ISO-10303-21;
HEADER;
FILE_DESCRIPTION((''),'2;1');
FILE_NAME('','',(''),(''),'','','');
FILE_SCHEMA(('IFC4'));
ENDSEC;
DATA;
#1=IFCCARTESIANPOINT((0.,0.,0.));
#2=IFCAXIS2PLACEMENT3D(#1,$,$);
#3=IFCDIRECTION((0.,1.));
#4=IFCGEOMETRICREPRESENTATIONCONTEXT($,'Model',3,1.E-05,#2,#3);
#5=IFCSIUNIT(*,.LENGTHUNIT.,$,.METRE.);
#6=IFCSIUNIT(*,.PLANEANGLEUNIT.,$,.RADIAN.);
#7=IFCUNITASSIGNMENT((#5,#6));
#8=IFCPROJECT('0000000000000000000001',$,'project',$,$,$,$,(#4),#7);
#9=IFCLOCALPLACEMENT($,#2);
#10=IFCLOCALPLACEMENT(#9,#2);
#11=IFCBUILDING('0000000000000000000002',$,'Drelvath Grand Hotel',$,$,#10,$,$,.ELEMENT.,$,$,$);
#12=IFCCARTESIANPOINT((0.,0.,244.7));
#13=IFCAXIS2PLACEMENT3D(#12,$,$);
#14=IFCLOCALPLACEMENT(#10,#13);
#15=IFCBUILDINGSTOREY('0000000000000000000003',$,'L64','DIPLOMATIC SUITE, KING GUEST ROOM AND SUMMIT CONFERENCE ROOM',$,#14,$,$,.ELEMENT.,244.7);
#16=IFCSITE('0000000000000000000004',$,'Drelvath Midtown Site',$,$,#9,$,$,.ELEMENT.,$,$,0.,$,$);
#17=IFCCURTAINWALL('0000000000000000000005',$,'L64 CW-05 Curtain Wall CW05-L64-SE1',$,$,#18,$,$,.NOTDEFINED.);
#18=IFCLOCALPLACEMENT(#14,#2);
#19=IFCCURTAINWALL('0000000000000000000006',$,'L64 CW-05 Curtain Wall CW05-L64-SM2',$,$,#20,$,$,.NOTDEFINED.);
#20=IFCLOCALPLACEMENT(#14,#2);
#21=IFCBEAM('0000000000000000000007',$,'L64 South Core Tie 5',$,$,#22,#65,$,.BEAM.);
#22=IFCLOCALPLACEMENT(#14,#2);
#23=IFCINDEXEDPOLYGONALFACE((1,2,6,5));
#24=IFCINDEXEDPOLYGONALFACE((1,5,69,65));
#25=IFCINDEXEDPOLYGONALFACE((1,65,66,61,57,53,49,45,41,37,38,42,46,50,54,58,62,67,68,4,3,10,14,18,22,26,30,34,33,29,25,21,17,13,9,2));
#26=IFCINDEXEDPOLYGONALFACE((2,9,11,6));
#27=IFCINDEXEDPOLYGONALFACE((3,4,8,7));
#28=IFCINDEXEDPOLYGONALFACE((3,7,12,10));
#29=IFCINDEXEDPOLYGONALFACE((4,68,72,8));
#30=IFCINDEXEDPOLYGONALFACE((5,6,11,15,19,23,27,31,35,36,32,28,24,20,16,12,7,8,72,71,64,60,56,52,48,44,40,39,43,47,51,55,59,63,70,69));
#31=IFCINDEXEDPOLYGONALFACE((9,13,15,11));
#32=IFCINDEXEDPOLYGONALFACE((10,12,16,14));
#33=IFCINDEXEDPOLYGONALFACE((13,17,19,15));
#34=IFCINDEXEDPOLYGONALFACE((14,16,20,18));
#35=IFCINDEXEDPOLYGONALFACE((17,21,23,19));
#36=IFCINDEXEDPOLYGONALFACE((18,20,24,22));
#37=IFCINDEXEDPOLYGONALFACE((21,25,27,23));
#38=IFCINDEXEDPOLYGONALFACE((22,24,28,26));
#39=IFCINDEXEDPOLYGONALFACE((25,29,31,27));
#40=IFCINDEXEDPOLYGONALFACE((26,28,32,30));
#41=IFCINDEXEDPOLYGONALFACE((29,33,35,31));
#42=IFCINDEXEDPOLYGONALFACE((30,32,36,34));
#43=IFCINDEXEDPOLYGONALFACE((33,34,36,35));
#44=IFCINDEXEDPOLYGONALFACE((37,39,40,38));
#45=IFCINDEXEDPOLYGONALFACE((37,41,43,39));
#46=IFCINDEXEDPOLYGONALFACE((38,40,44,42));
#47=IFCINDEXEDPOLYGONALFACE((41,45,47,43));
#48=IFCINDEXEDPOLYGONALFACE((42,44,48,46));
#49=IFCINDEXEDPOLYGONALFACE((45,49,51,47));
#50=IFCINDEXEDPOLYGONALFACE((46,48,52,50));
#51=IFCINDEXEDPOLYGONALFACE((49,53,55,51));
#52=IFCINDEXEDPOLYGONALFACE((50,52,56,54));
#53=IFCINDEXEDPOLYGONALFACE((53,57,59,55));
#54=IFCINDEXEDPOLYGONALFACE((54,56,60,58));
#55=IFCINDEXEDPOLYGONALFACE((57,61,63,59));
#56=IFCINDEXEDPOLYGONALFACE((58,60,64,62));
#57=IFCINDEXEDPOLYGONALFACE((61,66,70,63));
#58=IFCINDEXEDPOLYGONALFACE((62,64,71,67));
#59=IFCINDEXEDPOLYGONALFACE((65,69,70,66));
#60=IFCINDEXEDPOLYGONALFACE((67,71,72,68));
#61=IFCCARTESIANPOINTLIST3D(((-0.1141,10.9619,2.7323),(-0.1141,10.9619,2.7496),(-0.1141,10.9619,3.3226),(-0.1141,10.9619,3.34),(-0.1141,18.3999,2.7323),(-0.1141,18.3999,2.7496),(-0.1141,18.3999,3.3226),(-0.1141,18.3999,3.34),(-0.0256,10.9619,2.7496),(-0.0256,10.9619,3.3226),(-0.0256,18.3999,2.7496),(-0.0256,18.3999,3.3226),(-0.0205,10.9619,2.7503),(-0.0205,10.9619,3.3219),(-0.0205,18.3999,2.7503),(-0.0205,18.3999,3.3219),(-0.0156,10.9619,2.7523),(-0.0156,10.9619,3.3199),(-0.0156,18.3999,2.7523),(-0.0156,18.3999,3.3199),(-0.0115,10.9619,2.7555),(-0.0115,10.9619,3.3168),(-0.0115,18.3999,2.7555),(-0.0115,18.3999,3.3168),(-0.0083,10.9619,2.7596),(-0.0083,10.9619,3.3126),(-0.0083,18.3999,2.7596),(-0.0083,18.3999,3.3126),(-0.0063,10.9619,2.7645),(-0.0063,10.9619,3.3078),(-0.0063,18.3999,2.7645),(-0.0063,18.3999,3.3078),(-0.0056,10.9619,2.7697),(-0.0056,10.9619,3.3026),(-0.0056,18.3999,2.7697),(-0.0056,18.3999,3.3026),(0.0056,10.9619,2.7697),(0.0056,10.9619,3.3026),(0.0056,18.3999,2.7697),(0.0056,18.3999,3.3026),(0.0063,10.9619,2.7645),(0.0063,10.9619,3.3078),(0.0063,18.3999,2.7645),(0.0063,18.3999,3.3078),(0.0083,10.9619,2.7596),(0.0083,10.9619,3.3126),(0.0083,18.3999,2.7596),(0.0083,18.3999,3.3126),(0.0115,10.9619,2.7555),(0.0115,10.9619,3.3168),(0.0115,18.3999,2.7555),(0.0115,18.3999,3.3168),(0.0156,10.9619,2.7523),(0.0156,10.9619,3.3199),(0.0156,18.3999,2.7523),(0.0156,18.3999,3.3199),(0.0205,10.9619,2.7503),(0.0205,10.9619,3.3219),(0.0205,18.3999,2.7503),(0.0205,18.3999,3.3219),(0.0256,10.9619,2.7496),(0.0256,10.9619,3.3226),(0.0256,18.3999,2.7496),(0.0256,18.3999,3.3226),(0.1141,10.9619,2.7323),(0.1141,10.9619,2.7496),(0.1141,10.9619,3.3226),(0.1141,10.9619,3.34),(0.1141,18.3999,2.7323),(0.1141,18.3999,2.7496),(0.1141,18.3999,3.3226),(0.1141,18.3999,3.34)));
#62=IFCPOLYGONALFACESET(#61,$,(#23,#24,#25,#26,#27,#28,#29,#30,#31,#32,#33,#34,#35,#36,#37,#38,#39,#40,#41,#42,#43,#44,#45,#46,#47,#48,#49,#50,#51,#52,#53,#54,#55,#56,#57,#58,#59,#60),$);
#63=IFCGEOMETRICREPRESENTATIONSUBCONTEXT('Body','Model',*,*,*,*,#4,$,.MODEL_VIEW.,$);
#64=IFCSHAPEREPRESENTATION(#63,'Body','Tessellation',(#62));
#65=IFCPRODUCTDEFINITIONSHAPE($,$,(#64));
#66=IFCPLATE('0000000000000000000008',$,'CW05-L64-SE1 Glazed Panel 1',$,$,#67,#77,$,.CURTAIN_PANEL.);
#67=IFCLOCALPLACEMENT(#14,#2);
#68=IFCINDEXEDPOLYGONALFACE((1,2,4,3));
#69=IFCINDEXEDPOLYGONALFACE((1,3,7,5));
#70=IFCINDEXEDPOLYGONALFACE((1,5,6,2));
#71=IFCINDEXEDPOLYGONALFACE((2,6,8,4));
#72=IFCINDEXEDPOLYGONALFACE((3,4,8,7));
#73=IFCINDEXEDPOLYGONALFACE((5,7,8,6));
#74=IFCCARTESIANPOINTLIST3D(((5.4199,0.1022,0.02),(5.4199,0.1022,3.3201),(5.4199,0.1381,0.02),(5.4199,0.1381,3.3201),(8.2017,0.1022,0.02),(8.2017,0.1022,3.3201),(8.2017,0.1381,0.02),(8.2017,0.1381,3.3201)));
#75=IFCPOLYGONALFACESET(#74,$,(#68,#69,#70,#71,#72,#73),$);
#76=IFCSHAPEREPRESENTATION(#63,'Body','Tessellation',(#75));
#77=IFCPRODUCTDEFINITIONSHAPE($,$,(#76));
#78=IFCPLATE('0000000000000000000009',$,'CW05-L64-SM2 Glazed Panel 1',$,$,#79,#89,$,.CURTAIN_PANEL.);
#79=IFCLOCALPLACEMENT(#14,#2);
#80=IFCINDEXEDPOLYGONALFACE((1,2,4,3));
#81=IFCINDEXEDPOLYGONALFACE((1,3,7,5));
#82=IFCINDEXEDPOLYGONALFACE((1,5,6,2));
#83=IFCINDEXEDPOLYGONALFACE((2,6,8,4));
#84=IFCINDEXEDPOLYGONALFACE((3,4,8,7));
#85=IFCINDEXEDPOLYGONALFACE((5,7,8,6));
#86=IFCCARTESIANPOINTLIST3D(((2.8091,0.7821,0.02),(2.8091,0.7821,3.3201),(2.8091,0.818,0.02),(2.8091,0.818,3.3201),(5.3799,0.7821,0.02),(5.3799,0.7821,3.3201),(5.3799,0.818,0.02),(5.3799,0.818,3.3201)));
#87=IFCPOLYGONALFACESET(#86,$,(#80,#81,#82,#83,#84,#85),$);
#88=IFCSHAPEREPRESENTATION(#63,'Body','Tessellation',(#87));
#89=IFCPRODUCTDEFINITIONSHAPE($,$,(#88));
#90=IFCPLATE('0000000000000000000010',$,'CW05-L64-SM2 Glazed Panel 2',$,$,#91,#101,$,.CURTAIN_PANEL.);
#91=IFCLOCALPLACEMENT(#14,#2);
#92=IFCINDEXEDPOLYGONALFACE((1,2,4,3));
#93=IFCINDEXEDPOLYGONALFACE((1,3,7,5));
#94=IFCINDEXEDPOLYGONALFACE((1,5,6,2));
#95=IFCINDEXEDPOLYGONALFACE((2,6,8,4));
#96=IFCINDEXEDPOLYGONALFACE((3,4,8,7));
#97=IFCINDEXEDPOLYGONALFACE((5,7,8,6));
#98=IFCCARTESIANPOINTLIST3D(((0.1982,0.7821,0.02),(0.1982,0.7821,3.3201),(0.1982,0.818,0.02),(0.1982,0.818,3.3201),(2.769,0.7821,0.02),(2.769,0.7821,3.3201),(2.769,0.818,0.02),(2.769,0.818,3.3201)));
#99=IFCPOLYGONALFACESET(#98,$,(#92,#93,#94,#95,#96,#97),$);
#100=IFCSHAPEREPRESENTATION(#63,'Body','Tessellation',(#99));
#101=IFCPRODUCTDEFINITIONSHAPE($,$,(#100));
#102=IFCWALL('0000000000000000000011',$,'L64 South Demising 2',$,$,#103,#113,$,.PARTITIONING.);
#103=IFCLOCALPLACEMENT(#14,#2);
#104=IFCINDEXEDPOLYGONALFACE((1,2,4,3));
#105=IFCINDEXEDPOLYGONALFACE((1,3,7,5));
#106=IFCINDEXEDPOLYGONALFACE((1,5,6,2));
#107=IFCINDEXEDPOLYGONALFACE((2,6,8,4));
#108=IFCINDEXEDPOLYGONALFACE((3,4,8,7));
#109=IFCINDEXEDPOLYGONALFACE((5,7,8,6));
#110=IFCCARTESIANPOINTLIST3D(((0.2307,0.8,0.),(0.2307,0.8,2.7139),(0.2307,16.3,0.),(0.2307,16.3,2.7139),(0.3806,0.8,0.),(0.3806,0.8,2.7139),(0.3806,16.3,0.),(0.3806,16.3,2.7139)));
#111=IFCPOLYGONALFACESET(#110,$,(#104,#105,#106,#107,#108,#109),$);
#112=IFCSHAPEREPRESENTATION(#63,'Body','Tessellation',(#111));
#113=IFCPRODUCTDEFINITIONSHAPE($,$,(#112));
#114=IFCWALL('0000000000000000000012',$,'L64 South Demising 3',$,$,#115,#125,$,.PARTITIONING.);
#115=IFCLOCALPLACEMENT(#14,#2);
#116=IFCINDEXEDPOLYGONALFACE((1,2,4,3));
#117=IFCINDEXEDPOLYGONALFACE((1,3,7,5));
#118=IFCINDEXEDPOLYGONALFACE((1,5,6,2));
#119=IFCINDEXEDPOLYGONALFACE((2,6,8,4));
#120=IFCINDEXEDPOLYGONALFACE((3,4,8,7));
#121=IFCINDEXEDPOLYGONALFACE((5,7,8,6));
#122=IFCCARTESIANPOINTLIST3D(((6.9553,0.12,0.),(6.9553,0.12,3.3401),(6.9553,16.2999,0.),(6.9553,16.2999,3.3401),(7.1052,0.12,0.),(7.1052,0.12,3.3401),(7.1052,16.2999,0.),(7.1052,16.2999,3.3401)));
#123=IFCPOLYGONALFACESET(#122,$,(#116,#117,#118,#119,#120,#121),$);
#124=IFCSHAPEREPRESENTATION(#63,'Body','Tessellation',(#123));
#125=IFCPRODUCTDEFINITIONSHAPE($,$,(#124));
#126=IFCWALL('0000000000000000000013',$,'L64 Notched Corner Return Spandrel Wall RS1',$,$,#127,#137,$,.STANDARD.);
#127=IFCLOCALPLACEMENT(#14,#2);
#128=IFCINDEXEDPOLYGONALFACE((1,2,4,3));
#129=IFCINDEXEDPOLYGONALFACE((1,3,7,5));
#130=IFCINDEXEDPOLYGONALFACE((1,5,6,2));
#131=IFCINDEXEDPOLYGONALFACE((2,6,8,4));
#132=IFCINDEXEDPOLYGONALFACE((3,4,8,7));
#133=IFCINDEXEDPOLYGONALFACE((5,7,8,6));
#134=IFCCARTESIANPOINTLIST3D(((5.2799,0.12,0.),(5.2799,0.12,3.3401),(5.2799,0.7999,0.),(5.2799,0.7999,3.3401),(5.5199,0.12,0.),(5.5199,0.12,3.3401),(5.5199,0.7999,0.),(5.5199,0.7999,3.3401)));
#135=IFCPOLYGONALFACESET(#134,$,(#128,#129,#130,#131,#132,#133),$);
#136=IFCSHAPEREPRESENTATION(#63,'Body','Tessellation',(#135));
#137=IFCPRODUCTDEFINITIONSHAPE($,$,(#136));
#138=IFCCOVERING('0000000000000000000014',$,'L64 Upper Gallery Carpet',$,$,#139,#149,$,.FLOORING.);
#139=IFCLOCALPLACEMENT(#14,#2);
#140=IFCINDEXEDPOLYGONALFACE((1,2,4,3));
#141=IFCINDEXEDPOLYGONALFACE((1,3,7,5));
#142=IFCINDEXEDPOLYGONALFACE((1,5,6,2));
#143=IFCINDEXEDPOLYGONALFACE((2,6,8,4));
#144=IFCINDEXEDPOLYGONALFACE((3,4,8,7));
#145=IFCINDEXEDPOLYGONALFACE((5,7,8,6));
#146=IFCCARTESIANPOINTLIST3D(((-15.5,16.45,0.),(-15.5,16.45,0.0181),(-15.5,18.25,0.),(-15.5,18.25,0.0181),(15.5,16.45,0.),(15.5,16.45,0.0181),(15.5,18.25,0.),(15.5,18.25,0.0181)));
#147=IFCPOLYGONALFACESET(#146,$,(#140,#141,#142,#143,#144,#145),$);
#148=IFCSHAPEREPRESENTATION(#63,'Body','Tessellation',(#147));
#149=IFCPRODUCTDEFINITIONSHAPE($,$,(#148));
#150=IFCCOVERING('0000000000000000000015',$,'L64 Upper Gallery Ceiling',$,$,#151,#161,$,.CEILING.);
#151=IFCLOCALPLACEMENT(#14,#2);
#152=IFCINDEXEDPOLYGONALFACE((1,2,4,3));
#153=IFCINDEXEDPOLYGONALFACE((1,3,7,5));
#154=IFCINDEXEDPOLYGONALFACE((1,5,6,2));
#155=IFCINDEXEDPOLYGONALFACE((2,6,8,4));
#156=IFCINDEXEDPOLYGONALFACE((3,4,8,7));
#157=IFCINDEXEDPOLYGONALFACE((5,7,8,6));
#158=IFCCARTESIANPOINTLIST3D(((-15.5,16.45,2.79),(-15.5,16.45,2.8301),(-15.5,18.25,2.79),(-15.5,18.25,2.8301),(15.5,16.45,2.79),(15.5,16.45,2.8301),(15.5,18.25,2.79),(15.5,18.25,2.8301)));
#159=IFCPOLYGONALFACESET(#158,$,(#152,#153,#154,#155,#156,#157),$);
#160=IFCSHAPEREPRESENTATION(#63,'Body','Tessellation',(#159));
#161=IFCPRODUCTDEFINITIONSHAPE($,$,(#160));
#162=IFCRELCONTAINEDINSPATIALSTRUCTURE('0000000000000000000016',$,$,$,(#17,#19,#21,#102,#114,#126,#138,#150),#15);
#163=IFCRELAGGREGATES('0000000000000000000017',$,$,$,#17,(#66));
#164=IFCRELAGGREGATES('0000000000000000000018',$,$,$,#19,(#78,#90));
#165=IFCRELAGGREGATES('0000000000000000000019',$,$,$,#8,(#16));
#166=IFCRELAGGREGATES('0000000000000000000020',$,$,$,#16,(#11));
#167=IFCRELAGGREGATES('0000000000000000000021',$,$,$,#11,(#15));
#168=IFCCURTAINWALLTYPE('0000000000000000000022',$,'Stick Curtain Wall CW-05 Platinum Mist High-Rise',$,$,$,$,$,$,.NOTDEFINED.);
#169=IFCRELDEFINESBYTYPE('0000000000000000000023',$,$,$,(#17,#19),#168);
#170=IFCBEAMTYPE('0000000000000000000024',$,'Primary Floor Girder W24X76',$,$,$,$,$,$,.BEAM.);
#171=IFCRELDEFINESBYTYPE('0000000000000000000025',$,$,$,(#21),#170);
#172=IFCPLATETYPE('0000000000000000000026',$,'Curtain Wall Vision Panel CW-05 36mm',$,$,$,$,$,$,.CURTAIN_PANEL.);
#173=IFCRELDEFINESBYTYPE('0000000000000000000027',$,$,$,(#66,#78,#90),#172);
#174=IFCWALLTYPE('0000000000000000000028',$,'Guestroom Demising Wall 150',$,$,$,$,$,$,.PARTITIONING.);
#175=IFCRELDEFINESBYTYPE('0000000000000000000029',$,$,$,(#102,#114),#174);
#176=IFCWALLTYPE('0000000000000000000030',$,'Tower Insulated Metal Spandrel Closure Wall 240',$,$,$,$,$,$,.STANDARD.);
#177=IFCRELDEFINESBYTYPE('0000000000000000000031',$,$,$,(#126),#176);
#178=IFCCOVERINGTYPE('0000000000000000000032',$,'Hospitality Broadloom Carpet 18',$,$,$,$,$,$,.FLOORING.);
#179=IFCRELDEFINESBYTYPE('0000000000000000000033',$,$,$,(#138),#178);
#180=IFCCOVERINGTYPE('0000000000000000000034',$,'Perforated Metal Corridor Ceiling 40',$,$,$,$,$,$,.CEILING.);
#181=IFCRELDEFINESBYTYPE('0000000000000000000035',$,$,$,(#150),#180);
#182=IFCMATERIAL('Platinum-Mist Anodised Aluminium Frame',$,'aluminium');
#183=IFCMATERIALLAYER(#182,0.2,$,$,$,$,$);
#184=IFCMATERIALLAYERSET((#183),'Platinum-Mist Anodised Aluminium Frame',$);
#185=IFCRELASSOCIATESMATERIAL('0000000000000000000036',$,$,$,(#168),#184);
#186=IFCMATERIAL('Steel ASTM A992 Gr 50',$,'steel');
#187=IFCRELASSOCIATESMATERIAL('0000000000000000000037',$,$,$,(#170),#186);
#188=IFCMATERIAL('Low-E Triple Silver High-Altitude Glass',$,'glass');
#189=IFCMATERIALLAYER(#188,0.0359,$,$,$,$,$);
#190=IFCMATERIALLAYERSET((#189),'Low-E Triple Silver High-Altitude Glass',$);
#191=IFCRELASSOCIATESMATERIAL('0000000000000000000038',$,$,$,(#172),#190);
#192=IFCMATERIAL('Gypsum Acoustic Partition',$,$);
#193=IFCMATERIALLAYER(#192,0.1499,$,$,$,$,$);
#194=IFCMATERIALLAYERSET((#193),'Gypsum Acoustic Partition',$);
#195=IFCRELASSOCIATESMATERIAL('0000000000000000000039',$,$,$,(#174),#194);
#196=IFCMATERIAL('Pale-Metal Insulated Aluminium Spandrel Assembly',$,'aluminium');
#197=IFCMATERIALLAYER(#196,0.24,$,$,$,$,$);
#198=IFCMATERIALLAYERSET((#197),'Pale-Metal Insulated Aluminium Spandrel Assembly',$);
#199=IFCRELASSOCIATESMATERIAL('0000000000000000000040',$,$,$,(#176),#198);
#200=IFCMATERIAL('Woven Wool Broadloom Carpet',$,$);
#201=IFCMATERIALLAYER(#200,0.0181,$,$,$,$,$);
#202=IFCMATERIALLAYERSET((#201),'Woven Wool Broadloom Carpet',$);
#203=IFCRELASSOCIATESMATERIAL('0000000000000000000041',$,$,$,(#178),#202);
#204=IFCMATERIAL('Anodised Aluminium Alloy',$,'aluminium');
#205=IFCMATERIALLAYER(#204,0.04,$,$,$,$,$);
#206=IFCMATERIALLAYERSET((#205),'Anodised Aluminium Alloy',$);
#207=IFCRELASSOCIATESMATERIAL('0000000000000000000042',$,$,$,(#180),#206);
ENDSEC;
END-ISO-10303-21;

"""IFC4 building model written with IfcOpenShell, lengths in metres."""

from ifc_helpers import new_model, si_unit, direction, frame, frame_2d, origin, origin_2d, place, context, subcontext, project, spatial, polyline, rectangle, i_section, outline, extrude, material, layer, layer_set, material_profile, profile_set, type_object, element, aggregate, save


model = new_model("IFC4")

# Units and contexts
model_context = context("Model", 3, precision=1e-05, world=origin(), true_north=direction((0.0, 1.0)))
body_context = subcontext(model_context, "Body", "Model", "MODEL_VIEW")
ifc_project = project(units=[si_unit("LENGTHUNIT", "METRE"), si_unit("PLANEANGLEUNIT", "RADIAN")], contexts=[model_context])

# Site, building, storey
site_placement = place(None, origin())
site = spatial("IfcSite", under=ifc_project, at=site_placement, Name="Drelvath Midtown Site", CompositionType="ELEMENT", RefElevation=0.0)
building_placement = place(site_placement, origin())
building = spatial("IfcBuilding", under=site, at=building_placement, Name="Drelvath Grand Hotel", CompositionType="ELEMENT")
storey_placement = place(building_placement, frame((0.0, 0.0, 244.7)))
storey = spatial("IfcBuildingStorey", under=building, at=storey_placement, Name="L64", Description="DIPLOMATIC SUITE, KING GUEST ROOM AND SUMMIT CONFERENCE ROOM", CompositionType="ELEMENT", Elevation=244.7)

# Curtain walls
ifc_material_1 = material(Name="Platinum-Mist Anodised Aluminium Frame", Category="aluminium")
ifc_layer_1 = layer(ifc_material_1, 0.2)
ifc_layer_set_1 = layer_set([ifc_layer_1], Name="Platinum-Mist Anodised Aluminium Frame")
curtain_wall_type = type_object("IfcCurtainWallType", Name="Stick Curtain Wall CW-05 Platinum Mist High-Rise", PredefinedType="NOTDEFINED", material=ifc_layer_set_1)
curtain_wall_1_placement = place(storey_placement, origin())
curtain_wall_1 = element("IfcCurtainWall", 1, at=curtain_wall_1_placement, inside=storey, type_object=curtain_wall_type, Name="L64 CW-05 Curtain Wall CW05-L64-SE1", PredefinedType="NOTDEFINED")
curtain_wall_2_placement = place(storey_placement, origin())
curtain_wall_2 = element("IfcCurtainWall", 2, at=curtain_wall_2_placement, inside=storey, type_object=curtain_wall_type, Name="L64 CW-05 Curtain Wall CW05-L64-SM2", PredefinedType="NOTDEFINED")

# Beam
ifc_material_2 = material(Name="Steel ASTM A992 Gr 50", Category="steel")
ifc_material_profile_1 = material_profile(ifc_material_2, i_section(OverallWidth=0.2283, OverallDepth=0.6077, WebThickness=0.0112, FlangeThickness=0.0173, FilletRadius=0.02, at=origin_2d()), Name="W24X76")
ifc_profile_set_1 = profile_set([ifc_material_profile_1], Name="Steel ASTM A992 Gr 50")
beam_type_1 = type_object("IfcBeamType", Name="Primary Floor Girder W24X76", PredefinedType="BEAM", material=ifc_profile_set_1)
beam_1_placement = place(storey_placement, frame((0.0, 10.9619, 3.0361), z_axis=(0.0, 1.0, 0.0), x_axis=(-1.0, 0.0, 0.0)))
element("IfcBeam", 3, at=beam_1_placement, inside=storey, type_object=beam_type_1, Name="L64 South Core Tie 5", PredefinedType="BEAM", context=body_context, shape_type="SweptSolid", body=[
    extrude(i_section(OverallWidth=0.2283, OverallDepth=0.6077, WebThickness=0.0112, FlangeThickness=0.0173, FilletRadius=0.02, at=origin_2d()), origin(), (0.0, 0.0, 1.0), 7.438),
])

# Plates
ifc_material_3 = material(Name="Low-E Triple Silver High-Altitude Glass", Category="glass")
ifc_layer_2 = layer(ifc_material_3, 0.0359)
ifc_layer_set_2 = layer_set([ifc_layer_2], Name="Low-E Triple Silver High-Altitude Glass")
plate_type = type_object("IfcPlateType", Name="Curtain Wall Vision Panel CW-05 36mm", PredefinedType="CURTAIN_PANEL", material=ifc_layer_set_2)
plate_1_placement = place(storey_placement, frame((6.8108, 0.1201, 0.02), z_axis=(0.0, 0.0, 1.0), x_axis=(-1.0, 0.0, 0.0)))
plate_1 = element("IfcPlate", 4, at=plate_1_placement, type_object=plate_type, Name="CW05-L64-SE1 Glazed Panel 1", PredefinedType="CURTAIN_PANEL", context=body_context, shape_type="SweptSolid", body=[
    extrude(rectangle(XDim=2.7817, YDim=0.0359, at=origin_2d()), origin(), (0.0, 0.0, 1.0), 3.3),
])
aggregate(curtain_wall_1, [plate_1])
plate_2_placement = place(storey_placement, frame((4.0945, 0.8, 0.02), z_axis=(0.0, 0.0, 1.0), x_axis=(-1.0, 0.0, 0.0)))
plate_2 = element("IfcPlate", 5, at=plate_2_placement, type_object=plate_type, Name="CW05-L64-SM2 Glazed Panel 1", PredefinedType="CURTAIN_PANEL", context=body_context, shape_type="SweptSolid", body=[
    extrude(rectangle(XDim=2.5708, YDim=0.0359, at=origin_2d()), origin(), (0.0, 0.0, 1.0), 3.3),
])
plate_3_placement = place(storey_placement, frame((1.4836, 0.8, 0.02), z_axis=(0.0, 0.0, 1.0), x_axis=(-1.0, 0.0, 0.0)))
plate_3 = element("IfcPlate", 6, at=plate_3_placement, type_object=plate_type, Name="CW05-L64-SM2 Glazed Panel 2", PredefinedType="CURTAIN_PANEL", context=body_context, shape_type="SweptSolid", body=[
    extrude(rectangle(XDim=2.5708, YDim=0.0359, at=origin_2d()), origin(), (0.0, 0.0, 1.0), 3.3),
])
aggregate(curtain_wall_2, [plate_2, plate_3])

# Walls
ifc_material_4 = material(Name="Gypsum Acoustic Partition")
ifc_layer_3 = layer(ifc_material_4, 0.1499)
ifc_layer_set_3 = layer_set([ifc_layer_3], Name="Gypsum Acoustic Partition")
wall_type_1 = type_object("IfcWallType", Name="Guestroom Demising Wall 150", PredefinedType="PARTITIONING", material=ifc_layer_set_3)
wall_1_placement = place(storey_placement, frame((0.3057, 0.8, 0.0), z_axis=(0.0, 0.0, 1.0), x_axis=(0.0, 1.0, 0.0)))
element("IfcWall", 7, at=wall_1_placement, inside=storey, type_object=wall_type_1, Name="L64 South Demising 2", PredefinedType="PARTITIONING", context=body_context, shape_type="SweptSolid", body=[
    extrude(rectangle(XDim=15.5, YDim=0.1499, at=frame_2d((7.75, 0.0))), origin(), (0.0, 0.0, 1.0), 2.7139),
])
wall_2_placement = place(storey_placement, frame((7.0303, 0.1201, 0.0), z_axis=(0.0, 0.0, 1.0), x_axis=(0.0, 1.0, 0.0)))
element("IfcWall", 8, at=wall_2_placement, inside=storey, type_object=wall_type_1, Name="L64 South Demising 3", PredefinedType="PARTITIONING", context=body_context, shape_type="SweptSolid", body=[
    extrude(rectangle(XDim=16.1799, YDim=0.1499, at=frame_2d((8.0898, 0.0))), origin(), (0.0, 0.0, 1.0), 3.3401),
])
ifc_material_5 = material(Name="Pale-Metal Insulated Aluminium Spandrel Assembly", Category="aluminium")
ifc_layer_4 = layer(ifc_material_5, 0.24)
ifc_layer_set_4 = layer_set([ifc_layer_4], Name="Pale-Metal Insulated Aluminium Spandrel Assembly")
wall_type_2 = type_object("IfcWallType", Name="Tower Insulated Metal Spandrel Closure Wall 240", PredefinedType="STANDARD", material=ifc_layer_set_4)
wall_3_placement = place(storey_placement, frame((5.3999, 0.1201, 0.0), z_axis=(0.0, 0.0, 1.0), x_axis=(0.0, 1.0, 0.0)))
element("IfcWall", 9, at=wall_3_placement, inside=storey, type_object=wall_type_2, Name="L64 Notched Corner Return Spandrel Wall RS1", PredefinedType="STANDARD", context=body_context, shape_type="SweptSolid", body=[
    extrude(rectangle(XDim=0.6799, YDim=0.24, at=frame_2d((0.3398, 0.0))), origin(), (0.0, 0.0, 1.0), 3.3401),
])

# Coverings
ifc_material_6 = material(Name="Woven Wool Broadloom Carpet")
ifc_layer_5 = layer(ifc_material_6, 0.0181)
ifc_layer_set_5 = layer_set([ifc_layer_5], Name="Woven Wool Broadloom Carpet")
covering_type_1 = type_object("IfcCoveringType", Name="Hospitality Broadloom Carpet 18", PredefinedType="FLOORING", material=ifc_layer_set_5)
covering_1_placement = place(storey_placement, origin())
element("IfcCovering", 10, at=covering_1_placement, inside=storey, type_object=covering_type_1, Name="L64 Upper Gallery Carpet", PredefinedType="FLOORING", context=body_context, shape_type="SweptSolid", body=[
    extrude(outline(polyline([(15.5, 16.45), (15.5, 18.25), (-15.5, 18.25), (-15.5, 16.45), (15.5, 16.45)])), origin(), (0.0, 0.0, 1.0), 0.0181),
])
ifc_material_7 = material(Name="Anodised Aluminium Alloy", Category="aluminium")
ifc_layer_6 = layer(ifc_material_7, 0.04)
ifc_layer_set_6 = layer_set([ifc_layer_6], Name="Anodised Aluminium Alloy")
covering_type_2 = type_object("IfcCoveringType", Name="Perforated Metal Corridor Ceiling 40", PredefinedType="CEILING", material=ifc_layer_set_6)
covering_2_placement = place(storey_placement, frame((0.0, 0.0, 2.79)))
element("IfcCovering", 11, at=covering_2_placement, inside=storey, type_object=covering_type_2, Name="L64 Upper Gallery Ceiling", PredefinedType="CEILING", context=body_context, shape_type="SweptSolid", body=[
    extrude(outline(polyline([(15.5, 16.45), (15.5, 18.25), (-15.5, 18.25), (-15.5, 16.45), (15.5, 16.45)])), origin(), (0.0, 0.0, 1.0), 0.04),
])

save(model, "model.ifc")
